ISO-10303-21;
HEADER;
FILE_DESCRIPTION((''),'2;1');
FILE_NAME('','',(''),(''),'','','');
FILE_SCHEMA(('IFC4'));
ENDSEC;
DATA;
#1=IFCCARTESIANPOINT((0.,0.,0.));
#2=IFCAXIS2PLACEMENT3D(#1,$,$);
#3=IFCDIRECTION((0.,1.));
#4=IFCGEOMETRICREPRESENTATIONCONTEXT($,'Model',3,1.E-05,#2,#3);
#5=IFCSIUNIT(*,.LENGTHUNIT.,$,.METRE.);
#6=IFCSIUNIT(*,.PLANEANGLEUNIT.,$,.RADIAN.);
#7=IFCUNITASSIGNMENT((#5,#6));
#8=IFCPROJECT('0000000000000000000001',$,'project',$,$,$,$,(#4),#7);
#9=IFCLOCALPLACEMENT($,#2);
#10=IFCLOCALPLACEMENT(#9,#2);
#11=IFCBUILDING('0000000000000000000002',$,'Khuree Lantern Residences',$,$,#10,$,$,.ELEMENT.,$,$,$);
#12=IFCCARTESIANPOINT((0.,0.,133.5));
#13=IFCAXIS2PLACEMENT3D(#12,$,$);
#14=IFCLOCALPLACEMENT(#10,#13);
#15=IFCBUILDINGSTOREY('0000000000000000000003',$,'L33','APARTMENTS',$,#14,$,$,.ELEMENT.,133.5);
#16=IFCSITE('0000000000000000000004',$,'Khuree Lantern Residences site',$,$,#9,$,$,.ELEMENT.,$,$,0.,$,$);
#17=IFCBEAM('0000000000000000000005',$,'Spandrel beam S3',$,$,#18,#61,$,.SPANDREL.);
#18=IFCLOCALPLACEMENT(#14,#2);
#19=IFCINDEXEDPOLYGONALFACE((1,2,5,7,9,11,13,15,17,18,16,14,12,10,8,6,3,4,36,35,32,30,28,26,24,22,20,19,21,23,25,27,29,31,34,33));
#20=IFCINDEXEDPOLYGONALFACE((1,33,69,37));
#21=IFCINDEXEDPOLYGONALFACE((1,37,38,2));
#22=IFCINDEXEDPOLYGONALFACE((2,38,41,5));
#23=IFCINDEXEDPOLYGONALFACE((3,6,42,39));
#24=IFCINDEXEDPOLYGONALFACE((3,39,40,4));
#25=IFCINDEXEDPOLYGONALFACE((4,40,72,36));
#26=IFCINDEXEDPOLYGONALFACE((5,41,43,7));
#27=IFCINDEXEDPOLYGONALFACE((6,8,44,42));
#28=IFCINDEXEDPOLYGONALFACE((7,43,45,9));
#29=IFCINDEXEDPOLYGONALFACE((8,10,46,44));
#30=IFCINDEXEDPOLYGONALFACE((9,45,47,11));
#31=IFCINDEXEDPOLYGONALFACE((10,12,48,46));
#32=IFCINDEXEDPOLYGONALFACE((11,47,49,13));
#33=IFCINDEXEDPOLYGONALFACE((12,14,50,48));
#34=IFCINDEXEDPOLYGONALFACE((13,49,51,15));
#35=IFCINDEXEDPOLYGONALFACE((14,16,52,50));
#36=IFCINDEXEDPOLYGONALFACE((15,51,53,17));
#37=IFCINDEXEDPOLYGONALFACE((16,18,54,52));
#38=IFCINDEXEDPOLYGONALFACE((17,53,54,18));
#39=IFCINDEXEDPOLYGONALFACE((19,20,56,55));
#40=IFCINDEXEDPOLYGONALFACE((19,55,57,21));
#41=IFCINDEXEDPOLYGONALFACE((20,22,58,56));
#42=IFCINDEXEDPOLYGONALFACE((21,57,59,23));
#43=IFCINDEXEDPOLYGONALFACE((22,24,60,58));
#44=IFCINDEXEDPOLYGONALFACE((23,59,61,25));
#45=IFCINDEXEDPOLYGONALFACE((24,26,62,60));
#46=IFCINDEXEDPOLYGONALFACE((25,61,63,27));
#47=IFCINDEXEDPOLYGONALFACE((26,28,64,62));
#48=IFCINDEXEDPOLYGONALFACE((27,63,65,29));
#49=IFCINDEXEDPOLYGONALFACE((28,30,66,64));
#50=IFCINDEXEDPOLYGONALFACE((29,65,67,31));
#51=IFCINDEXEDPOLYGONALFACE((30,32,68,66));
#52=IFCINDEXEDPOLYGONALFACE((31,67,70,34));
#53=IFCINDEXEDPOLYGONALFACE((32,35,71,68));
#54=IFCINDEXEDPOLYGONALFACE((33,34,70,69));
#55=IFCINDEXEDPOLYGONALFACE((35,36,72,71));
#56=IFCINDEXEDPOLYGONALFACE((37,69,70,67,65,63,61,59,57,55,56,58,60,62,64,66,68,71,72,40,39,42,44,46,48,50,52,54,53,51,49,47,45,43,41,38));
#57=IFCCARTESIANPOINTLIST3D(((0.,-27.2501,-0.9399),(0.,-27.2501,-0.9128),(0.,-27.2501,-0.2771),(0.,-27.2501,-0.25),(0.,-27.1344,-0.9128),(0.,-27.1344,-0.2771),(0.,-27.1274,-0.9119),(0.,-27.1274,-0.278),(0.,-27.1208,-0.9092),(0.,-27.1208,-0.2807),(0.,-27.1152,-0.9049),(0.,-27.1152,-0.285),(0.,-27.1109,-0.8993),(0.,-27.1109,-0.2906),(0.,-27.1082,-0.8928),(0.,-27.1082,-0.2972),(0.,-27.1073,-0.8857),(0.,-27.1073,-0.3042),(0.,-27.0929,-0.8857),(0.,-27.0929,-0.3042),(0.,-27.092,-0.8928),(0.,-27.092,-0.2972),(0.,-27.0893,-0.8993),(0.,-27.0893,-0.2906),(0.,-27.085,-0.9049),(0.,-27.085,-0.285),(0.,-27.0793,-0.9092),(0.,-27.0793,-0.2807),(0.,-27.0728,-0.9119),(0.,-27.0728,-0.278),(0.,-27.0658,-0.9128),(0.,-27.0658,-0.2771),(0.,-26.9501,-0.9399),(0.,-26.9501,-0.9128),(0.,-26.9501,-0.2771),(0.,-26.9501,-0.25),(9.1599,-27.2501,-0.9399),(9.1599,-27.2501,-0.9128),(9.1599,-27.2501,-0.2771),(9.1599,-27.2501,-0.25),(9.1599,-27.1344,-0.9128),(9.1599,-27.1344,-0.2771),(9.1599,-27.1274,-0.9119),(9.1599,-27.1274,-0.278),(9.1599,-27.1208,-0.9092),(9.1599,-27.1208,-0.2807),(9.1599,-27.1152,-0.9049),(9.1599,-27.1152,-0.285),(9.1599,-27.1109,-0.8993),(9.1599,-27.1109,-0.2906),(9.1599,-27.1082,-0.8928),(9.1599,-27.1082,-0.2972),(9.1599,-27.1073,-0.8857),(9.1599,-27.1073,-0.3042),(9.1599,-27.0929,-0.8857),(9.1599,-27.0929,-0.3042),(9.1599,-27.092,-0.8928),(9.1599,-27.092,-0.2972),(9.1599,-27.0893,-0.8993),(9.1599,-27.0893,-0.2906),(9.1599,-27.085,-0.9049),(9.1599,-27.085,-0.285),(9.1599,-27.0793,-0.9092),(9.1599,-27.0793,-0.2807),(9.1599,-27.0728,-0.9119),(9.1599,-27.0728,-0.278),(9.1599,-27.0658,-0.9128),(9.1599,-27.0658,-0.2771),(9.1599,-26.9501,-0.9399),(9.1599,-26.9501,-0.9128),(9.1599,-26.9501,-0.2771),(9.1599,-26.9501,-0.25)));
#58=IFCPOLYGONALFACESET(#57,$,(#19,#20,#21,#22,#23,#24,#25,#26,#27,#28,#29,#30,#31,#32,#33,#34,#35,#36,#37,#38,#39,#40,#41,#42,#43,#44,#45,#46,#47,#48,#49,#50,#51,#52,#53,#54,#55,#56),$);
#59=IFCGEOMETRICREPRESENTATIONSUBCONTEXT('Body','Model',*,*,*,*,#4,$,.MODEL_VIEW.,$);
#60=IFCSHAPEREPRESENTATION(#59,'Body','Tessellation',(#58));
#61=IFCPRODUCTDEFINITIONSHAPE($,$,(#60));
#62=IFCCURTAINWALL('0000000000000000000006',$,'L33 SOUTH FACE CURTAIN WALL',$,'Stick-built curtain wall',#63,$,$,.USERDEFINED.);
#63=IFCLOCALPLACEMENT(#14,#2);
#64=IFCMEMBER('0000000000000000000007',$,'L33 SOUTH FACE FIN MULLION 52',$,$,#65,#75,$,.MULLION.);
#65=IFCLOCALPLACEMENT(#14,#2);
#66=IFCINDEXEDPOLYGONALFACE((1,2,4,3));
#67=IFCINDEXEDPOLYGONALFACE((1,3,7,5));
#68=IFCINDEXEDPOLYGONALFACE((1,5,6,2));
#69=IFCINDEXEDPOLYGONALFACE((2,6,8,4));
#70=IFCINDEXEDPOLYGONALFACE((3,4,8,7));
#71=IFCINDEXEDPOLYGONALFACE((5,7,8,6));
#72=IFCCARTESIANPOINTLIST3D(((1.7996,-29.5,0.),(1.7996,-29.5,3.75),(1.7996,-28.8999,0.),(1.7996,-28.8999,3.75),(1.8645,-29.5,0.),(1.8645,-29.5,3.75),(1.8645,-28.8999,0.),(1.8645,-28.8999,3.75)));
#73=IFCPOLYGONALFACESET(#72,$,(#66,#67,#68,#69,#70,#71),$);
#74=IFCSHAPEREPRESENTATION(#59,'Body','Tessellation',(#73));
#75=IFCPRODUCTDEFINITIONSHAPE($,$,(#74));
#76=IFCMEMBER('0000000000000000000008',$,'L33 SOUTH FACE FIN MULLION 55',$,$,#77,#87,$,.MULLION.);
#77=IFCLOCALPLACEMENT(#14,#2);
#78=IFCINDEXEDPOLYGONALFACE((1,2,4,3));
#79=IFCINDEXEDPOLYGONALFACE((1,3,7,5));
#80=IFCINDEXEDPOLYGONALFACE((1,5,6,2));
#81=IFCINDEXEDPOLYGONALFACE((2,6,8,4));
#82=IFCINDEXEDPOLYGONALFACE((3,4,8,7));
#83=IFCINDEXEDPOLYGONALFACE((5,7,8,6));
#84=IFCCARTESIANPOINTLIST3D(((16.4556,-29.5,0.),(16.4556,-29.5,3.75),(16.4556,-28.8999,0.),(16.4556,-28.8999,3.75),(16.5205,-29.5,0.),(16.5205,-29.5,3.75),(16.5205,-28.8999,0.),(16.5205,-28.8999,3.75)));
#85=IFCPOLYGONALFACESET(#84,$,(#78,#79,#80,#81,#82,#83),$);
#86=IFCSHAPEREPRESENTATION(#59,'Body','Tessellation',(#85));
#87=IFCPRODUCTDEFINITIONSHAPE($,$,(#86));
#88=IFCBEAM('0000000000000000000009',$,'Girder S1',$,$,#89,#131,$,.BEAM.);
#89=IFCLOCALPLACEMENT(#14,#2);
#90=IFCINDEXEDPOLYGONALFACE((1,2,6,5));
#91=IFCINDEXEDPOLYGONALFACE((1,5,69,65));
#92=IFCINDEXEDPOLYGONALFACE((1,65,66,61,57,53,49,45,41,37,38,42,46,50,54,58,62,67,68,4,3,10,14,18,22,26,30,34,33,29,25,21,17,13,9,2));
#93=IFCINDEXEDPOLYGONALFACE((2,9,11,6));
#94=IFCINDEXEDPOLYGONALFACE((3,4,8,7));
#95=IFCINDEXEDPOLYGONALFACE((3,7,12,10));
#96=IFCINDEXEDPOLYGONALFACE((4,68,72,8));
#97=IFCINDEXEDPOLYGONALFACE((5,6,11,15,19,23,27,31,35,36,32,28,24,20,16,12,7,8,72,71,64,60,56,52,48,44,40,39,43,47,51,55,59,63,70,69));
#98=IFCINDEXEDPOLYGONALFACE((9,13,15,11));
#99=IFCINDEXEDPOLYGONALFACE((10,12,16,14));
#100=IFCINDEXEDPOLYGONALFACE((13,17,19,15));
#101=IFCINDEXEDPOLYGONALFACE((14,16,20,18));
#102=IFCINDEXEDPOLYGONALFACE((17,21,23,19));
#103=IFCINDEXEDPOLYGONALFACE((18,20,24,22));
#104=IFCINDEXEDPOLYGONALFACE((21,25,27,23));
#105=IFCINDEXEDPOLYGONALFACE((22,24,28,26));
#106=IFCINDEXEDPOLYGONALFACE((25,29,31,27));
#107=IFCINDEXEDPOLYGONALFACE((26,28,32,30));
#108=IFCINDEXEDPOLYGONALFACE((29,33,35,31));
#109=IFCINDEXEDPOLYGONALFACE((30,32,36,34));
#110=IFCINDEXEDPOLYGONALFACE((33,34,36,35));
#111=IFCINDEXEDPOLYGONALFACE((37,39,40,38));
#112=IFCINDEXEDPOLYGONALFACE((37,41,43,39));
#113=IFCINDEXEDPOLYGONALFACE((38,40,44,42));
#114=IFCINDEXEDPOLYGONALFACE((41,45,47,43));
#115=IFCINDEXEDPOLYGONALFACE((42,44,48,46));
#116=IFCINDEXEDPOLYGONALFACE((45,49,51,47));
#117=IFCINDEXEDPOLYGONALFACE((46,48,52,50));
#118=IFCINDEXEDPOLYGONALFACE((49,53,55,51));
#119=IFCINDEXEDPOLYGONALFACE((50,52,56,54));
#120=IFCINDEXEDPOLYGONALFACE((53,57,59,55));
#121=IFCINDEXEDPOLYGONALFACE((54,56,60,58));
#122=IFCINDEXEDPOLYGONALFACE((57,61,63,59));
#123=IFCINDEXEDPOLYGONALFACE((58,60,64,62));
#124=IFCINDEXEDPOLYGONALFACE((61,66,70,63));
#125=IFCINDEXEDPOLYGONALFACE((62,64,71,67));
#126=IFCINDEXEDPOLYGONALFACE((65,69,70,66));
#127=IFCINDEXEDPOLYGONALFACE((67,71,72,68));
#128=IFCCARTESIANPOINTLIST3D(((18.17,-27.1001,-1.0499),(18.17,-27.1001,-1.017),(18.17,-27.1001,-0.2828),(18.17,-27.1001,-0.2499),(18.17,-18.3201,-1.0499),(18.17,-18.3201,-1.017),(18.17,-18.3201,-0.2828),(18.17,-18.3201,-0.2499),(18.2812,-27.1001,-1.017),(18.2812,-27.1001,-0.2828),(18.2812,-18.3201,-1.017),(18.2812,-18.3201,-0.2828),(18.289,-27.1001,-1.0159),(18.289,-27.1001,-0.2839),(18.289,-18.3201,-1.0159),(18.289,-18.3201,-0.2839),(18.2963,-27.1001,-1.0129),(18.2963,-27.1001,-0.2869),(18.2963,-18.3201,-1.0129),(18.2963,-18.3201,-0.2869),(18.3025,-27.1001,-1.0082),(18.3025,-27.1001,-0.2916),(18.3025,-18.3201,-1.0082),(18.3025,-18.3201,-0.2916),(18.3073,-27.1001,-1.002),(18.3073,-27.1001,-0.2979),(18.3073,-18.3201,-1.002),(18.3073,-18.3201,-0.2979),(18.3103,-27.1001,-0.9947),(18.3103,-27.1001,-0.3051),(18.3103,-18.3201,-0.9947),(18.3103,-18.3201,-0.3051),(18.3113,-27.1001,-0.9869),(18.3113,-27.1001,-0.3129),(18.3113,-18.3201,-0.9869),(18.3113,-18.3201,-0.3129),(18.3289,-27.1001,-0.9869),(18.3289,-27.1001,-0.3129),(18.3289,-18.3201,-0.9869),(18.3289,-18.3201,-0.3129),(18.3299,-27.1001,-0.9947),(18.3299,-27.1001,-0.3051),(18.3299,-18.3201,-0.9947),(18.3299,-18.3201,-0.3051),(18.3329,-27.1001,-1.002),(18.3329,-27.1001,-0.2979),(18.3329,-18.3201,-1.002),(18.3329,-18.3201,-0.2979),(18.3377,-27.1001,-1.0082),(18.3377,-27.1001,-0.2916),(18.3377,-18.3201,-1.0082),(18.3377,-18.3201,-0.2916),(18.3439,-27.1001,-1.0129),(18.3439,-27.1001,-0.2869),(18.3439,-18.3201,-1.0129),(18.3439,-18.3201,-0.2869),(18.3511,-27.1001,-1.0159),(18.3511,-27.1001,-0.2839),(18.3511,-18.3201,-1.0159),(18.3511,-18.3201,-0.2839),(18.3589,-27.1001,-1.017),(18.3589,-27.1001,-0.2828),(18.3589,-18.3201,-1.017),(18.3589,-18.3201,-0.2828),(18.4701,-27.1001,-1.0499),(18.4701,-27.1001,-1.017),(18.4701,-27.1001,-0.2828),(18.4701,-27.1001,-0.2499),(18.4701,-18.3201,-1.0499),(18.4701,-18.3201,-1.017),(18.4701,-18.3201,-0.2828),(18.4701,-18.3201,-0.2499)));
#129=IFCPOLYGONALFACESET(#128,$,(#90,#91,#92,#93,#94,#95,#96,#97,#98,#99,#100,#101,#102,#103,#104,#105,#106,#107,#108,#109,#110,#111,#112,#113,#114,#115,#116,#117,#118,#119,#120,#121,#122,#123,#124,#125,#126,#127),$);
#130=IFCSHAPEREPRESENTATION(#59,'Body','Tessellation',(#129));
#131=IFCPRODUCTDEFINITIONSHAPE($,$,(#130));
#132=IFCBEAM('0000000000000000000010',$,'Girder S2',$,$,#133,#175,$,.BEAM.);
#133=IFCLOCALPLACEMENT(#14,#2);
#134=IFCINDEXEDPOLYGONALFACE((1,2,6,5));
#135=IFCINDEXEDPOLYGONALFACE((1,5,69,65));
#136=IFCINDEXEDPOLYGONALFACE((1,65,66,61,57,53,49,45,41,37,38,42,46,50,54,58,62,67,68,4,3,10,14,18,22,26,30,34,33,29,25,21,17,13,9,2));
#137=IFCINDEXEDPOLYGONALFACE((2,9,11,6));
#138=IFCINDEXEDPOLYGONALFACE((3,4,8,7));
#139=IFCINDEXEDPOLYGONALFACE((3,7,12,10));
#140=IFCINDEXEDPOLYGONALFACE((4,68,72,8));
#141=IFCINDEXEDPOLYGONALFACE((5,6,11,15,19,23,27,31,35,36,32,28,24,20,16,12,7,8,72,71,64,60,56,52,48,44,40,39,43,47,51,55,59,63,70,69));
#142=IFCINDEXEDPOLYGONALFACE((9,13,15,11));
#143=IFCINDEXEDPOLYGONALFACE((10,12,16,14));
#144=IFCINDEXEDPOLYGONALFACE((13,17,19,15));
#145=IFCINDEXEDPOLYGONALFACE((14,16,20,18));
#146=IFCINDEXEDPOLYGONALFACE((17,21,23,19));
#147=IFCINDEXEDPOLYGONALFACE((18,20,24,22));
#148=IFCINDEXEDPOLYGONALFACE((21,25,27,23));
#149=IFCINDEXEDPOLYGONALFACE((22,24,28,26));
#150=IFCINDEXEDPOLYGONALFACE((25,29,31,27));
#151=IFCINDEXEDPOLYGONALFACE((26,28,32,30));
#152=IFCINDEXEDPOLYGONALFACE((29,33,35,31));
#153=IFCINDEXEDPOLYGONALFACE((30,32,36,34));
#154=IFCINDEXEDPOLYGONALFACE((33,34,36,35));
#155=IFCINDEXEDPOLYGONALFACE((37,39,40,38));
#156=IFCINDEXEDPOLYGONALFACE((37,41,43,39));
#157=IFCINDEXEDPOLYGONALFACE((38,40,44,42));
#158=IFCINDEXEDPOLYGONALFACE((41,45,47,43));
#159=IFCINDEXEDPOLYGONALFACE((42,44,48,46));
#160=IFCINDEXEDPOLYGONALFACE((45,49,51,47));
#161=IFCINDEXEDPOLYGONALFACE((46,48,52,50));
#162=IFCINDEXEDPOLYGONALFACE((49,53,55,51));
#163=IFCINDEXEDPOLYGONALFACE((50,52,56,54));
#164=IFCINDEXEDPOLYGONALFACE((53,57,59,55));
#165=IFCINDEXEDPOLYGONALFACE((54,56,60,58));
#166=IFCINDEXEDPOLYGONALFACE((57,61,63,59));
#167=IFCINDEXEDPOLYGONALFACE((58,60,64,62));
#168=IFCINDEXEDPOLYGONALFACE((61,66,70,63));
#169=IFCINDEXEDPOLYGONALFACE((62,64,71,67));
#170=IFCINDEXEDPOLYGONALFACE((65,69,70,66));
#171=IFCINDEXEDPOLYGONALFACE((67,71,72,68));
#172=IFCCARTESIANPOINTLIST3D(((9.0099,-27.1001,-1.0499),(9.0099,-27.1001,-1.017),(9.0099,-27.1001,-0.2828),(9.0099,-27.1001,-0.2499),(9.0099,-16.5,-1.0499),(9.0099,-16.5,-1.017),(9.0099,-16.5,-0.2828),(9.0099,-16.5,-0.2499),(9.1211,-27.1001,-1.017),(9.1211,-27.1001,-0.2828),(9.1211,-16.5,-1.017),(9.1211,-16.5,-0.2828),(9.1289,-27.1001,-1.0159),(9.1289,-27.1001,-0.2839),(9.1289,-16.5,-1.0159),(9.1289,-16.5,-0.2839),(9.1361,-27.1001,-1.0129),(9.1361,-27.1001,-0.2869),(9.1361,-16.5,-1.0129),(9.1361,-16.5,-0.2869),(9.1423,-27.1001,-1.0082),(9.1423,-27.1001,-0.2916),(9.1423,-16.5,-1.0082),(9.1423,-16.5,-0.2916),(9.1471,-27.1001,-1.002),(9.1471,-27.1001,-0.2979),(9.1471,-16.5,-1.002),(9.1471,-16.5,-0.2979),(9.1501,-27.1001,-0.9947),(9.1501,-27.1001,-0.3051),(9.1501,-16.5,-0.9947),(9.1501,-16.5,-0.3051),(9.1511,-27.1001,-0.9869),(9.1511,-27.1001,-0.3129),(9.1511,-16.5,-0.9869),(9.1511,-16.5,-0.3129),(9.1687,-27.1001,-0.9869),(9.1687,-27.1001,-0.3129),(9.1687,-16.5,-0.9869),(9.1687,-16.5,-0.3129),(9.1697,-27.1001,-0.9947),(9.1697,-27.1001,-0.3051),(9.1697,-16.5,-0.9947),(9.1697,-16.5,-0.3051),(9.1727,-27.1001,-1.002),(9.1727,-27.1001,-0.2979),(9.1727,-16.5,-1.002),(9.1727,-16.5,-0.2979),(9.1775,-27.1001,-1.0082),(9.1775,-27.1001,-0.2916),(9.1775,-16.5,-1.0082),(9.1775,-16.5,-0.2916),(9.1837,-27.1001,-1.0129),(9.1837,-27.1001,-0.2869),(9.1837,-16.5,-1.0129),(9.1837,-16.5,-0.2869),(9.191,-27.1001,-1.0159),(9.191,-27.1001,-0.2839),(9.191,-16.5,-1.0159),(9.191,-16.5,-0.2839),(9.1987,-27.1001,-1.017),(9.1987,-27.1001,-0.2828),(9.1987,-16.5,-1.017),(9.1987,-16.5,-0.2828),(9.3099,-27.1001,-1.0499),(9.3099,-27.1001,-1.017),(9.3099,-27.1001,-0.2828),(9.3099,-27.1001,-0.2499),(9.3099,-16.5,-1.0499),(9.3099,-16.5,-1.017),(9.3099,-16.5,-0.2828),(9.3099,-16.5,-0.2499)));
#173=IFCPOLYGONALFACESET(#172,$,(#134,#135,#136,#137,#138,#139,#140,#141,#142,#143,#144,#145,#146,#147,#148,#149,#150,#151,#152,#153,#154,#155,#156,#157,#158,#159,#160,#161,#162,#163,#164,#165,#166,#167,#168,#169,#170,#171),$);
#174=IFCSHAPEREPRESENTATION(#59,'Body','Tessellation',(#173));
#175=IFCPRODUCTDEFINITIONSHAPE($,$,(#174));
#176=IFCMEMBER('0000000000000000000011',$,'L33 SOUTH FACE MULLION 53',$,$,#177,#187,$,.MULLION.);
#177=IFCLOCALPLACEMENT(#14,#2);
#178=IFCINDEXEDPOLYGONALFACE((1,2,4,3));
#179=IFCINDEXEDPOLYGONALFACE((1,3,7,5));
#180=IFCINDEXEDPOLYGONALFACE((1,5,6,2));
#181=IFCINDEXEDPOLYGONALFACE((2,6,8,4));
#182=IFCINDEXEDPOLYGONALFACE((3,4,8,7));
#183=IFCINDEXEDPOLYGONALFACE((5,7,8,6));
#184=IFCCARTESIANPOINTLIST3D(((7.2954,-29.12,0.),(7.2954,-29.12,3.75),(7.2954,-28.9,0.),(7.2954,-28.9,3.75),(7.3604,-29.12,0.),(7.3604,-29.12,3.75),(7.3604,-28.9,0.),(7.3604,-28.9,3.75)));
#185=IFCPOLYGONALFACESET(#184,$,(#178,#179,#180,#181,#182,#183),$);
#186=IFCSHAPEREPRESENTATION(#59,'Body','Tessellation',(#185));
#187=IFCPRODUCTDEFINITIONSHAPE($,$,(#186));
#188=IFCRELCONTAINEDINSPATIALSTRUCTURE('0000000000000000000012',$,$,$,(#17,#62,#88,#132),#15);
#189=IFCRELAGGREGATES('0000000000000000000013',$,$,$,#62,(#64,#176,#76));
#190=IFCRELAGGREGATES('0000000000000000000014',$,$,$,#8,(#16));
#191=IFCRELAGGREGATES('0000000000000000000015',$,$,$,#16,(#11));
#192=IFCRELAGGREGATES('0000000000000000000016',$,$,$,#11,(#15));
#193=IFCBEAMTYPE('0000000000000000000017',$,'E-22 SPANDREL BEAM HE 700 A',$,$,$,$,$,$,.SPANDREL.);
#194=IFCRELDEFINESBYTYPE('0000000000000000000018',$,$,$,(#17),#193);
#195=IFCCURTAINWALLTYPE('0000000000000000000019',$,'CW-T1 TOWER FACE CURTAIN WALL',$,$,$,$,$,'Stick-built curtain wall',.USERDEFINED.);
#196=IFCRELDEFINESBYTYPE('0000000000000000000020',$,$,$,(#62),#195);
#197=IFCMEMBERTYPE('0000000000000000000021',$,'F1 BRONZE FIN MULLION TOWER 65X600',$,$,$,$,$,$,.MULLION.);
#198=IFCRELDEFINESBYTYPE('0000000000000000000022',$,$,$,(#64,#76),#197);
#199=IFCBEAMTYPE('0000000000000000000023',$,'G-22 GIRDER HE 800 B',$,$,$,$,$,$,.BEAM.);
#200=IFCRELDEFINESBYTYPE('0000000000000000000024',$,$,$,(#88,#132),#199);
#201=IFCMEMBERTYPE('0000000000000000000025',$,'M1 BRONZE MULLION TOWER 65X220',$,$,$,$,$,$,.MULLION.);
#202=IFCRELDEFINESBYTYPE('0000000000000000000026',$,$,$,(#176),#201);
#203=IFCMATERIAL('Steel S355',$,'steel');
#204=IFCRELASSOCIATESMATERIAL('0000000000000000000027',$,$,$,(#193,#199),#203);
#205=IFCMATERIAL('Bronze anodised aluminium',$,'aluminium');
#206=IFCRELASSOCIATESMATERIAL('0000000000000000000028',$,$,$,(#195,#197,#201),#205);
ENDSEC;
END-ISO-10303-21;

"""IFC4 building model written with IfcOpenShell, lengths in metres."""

from ifc_helpers import new_model, si_unit, direction, frame, origin, origin_2d, place, context, subcontext, project, spatial, rectangle, i_section, extrude, material, material_profile, profile_set, type_object, element, aggregate, save


model = new_model("IFC4")

# Units and contexts
model_context = context("Model", 3, precision=1e-05, world=origin(), true_north=direction((0.0, 1.0)))
body_context = subcontext(model_context, "Body", "Model", "MODEL_VIEW")
ifc_project = project(units=[si_unit("LENGTHUNIT", "METRE"), si_unit("PLANEANGLEUNIT", "RADIAN")], contexts=[model_context])

# Site, building, storey
site_placement = place(None, origin())
site = spatial("IfcSite", under=ifc_project, at=site_placement, Name="Khuree Lantern Residences site", CompositionType="ELEMENT", RefElevation=0.0)
building_placement = place(site_placement, origin())
building = spatial("IfcBuilding", under=site, at=building_placement, Name="Khuree Lantern Residences", CompositionType="ELEMENT")
storey_placement = place(building_placement, frame((0.0, 0.0, 133.5)))
storey = spatial("IfcBuildingStorey", under=building, at=storey_placement, Name="L33", Description="APARTMENTS", CompositionType="ELEMENT", Elevation=133.5)

# Beam
ifc_material_1 = material(Name="Steel S355", Category="steel")
ifc_material_profile_1 = material_profile(ifc_material_1, i_section(OverallWidth=0.3, OverallDepth=0.6899, WebThickness=0.0144, FlangeThickness=0.0271, FilletRadius=0.0271, at=origin_2d()), Name="HE 700 A")
ifc_profile_set_1 = profile_set([ifc_material_profile_1], Name="Steel S355")
beam_type_1 = type_object("IfcBeamType", Name="E-22 SPANDREL BEAM HE 700 A", PredefinedType="SPANDREL", material=ifc_profile_set_1)
beam_1_placement = place(storey_placement, frame((9.1599, -27.1001, -0.595), z_axis=(-1.0, 0.0, 0.0), x_axis=(0.0, -1.0, 0.0)))
element("IfcBeam", 1, at=beam_1_placement, inside=storey, type_object=beam_type_1, Name="Spandrel beam S3", PredefinedType="SPANDREL", context=body_context, shape_type="SweptSolid", body=[
    extrude(i_section(OverallWidth=0.3, OverallDepth=0.6899, WebThickness=0.0144, FlangeThickness=0.0271, FilletRadius=0.0271, at=origin_2d()), origin(), (0.0, 0.0, 1.0), 9.1599),
])

# Curtain wall, members
ifc_material_2 = material(Name="Bronze anodised aluminium", Category="aluminium")
curtain_wall_type = type_object("IfcCurtainWallType", Name="CW-T1 TOWER FACE CURTAIN WALL", ElementType="Stick-built curtain wall", PredefinedType="USERDEFINED", material=ifc_material_2)
curtain_wall_placement = place(storey_placement, origin())
curtain_wall = element("IfcCurtainWall", 2, at=curtain_wall_placement, inside=storey, type_object=curtain_wall_type, Name="L33 SOUTH FACE CURTAIN WALL", ObjectType="Stick-built curtain wall", PredefinedType="USERDEFINED")
ifc_material_profile_2 = material_profile(ifc_material_2, rectangle(XDim=0.0649, YDim=0.6001, at=origin_2d()), Name="F1 65X600")
ifc_profile_set_2 = profile_set([ifc_material_profile_2], Name="Bronze anodised aluminium")
member_type_1 = type_object("IfcMemberType", Name="F1 BRONZE FIN MULLION TOWER 65X600", PredefinedType="MULLION", material=ifc_profile_set_2)
member_1_placement = place(storey_placement, frame((1.832, -29.2, 0.0), z_axis=(0.0, 0.0, 1.0), x_axis=(1.0, 0.0, 0.0)))
member_1 = element("IfcMember", 3, at=member_1_placement, type_object=member_type_1, Name="L33 SOUTH FACE FIN MULLION 52", PredefinedType="MULLION", context=body_context, shape_type="SweptSolid", body=[
    extrude(rectangle(XDim=0.0649, YDim=0.6001, at=origin_2d()), origin(), (0.0, 0.0, 1.0), 3.75),
])
member_2_placement = place(storey_placement, frame((16.488, -29.2, 0.0), z_axis=(0.0, 0.0, 1.0), x_axis=(1.0, 0.0, 0.0)))
member_2 = element("IfcMember", 4, at=member_2_placement, type_object=member_type_1, Name="L33 SOUTH FACE FIN MULLION 55", PredefinedType="MULLION", context=body_context, shape_type="SweptSolid", body=[
    extrude(rectangle(XDim=0.0649, YDim=0.6001, at=origin_2d()), origin(), (0.0, 0.0, 1.0), 3.75),
])

# Beams
ifc_material_profile_3 = material_profile(ifc_material_1, i_section(OverallWidth=0.3, OverallDepth=0.8, WebThickness=0.0176, FlangeThickness=0.033, FilletRadius=0.03, at=origin_2d()), Name="HE 800 B")
ifc_profile_set_3 = profile_set([ifc_material_profile_3], Name="Steel S355")
beam_type_2 = type_object("IfcBeamType", Name="G-22 GIRDER HE 800 B", PredefinedType="BEAM", material=ifc_profile_set_3)
beam_2_placement = place(storey_placement, frame((18.3201, -27.1001, -0.6499), z_axis=(0.0, 1.0, 0.0), x_axis=(-1.0, 0.0, 0.0)))
element("IfcBeam", 5, at=beam_2_placement, inside=storey, type_object=beam_type_2, Name="Girder S1", PredefinedType="BEAM", context=body_context, shape_type="SweptSolid", body=[
    extrude(i_section(OverallWidth=0.3, OverallDepth=0.8, WebThickness=0.0176, FlangeThickness=0.033, FilletRadius=0.03, at=origin_2d()), origin(), (0.0, 0.0, 1.0), 8.78),
])
beam_3_placement = place(storey_placement, frame((9.1599, -27.1001, -0.6499), z_axis=(0.0, 1.0, 0.0), x_axis=(-1.0, 0.0, 0.0)))
element("IfcBeam", 6, at=beam_3_placement, inside=storey, type_object=beam_type_2, Name="Girder S2", PredefinedType="BEAM", context=body_context, shape_type="SweptSolid", body=[
    extrude(i_section(OverallWidth=0.3, OverallDepth=0.8, WebThickness=0.0176, FlangeThickness=0.033, FilletRadius=0.03, at=origin_2d()), origin(), (0.0, 0.0, 1.0), 10.6001),
])

# Member
ifc_material_profile_4 = material_profile(ifc_material_2, rectangle(XDim=0.0649, YDim=0.22, at=origin_2d()), Name="M1 65X220")
ifc_profile_set_4 = profile_set([ifc_material_profile_4], Name="Bronze anodised aluminium")
member_type_2 = type_object("IfcMemberType", Name="M1 BRONZE MULLION TOWER 65X220", PredefinedType="MULLION", material=ifc_profile_set_4)
member_3_placement = place(storey_placement, frame((7.3279, -29.01, 0.0), z_axis=(0.0, 0.0, 1.0), x_axis=(1.0, 0.0, 0.0)))
member_3 = element("IfcMember", 7, at=member_3_placement, type_object=member_type_2, Name="L33 SOUTH FACE MULLION 53", PredefinedType="MULLION", context=body_context, shape_type="SweptSolid", body=[
    extrude(rectangle(XDim=0.0649, YDim=0.22, at=origin_2d()), origin(), (0.0, 0.0, 1.0), 3.75),
])

aggregate(curtain_wall, [member_1, member_3, member_2])

save(model, "model.ifc")
